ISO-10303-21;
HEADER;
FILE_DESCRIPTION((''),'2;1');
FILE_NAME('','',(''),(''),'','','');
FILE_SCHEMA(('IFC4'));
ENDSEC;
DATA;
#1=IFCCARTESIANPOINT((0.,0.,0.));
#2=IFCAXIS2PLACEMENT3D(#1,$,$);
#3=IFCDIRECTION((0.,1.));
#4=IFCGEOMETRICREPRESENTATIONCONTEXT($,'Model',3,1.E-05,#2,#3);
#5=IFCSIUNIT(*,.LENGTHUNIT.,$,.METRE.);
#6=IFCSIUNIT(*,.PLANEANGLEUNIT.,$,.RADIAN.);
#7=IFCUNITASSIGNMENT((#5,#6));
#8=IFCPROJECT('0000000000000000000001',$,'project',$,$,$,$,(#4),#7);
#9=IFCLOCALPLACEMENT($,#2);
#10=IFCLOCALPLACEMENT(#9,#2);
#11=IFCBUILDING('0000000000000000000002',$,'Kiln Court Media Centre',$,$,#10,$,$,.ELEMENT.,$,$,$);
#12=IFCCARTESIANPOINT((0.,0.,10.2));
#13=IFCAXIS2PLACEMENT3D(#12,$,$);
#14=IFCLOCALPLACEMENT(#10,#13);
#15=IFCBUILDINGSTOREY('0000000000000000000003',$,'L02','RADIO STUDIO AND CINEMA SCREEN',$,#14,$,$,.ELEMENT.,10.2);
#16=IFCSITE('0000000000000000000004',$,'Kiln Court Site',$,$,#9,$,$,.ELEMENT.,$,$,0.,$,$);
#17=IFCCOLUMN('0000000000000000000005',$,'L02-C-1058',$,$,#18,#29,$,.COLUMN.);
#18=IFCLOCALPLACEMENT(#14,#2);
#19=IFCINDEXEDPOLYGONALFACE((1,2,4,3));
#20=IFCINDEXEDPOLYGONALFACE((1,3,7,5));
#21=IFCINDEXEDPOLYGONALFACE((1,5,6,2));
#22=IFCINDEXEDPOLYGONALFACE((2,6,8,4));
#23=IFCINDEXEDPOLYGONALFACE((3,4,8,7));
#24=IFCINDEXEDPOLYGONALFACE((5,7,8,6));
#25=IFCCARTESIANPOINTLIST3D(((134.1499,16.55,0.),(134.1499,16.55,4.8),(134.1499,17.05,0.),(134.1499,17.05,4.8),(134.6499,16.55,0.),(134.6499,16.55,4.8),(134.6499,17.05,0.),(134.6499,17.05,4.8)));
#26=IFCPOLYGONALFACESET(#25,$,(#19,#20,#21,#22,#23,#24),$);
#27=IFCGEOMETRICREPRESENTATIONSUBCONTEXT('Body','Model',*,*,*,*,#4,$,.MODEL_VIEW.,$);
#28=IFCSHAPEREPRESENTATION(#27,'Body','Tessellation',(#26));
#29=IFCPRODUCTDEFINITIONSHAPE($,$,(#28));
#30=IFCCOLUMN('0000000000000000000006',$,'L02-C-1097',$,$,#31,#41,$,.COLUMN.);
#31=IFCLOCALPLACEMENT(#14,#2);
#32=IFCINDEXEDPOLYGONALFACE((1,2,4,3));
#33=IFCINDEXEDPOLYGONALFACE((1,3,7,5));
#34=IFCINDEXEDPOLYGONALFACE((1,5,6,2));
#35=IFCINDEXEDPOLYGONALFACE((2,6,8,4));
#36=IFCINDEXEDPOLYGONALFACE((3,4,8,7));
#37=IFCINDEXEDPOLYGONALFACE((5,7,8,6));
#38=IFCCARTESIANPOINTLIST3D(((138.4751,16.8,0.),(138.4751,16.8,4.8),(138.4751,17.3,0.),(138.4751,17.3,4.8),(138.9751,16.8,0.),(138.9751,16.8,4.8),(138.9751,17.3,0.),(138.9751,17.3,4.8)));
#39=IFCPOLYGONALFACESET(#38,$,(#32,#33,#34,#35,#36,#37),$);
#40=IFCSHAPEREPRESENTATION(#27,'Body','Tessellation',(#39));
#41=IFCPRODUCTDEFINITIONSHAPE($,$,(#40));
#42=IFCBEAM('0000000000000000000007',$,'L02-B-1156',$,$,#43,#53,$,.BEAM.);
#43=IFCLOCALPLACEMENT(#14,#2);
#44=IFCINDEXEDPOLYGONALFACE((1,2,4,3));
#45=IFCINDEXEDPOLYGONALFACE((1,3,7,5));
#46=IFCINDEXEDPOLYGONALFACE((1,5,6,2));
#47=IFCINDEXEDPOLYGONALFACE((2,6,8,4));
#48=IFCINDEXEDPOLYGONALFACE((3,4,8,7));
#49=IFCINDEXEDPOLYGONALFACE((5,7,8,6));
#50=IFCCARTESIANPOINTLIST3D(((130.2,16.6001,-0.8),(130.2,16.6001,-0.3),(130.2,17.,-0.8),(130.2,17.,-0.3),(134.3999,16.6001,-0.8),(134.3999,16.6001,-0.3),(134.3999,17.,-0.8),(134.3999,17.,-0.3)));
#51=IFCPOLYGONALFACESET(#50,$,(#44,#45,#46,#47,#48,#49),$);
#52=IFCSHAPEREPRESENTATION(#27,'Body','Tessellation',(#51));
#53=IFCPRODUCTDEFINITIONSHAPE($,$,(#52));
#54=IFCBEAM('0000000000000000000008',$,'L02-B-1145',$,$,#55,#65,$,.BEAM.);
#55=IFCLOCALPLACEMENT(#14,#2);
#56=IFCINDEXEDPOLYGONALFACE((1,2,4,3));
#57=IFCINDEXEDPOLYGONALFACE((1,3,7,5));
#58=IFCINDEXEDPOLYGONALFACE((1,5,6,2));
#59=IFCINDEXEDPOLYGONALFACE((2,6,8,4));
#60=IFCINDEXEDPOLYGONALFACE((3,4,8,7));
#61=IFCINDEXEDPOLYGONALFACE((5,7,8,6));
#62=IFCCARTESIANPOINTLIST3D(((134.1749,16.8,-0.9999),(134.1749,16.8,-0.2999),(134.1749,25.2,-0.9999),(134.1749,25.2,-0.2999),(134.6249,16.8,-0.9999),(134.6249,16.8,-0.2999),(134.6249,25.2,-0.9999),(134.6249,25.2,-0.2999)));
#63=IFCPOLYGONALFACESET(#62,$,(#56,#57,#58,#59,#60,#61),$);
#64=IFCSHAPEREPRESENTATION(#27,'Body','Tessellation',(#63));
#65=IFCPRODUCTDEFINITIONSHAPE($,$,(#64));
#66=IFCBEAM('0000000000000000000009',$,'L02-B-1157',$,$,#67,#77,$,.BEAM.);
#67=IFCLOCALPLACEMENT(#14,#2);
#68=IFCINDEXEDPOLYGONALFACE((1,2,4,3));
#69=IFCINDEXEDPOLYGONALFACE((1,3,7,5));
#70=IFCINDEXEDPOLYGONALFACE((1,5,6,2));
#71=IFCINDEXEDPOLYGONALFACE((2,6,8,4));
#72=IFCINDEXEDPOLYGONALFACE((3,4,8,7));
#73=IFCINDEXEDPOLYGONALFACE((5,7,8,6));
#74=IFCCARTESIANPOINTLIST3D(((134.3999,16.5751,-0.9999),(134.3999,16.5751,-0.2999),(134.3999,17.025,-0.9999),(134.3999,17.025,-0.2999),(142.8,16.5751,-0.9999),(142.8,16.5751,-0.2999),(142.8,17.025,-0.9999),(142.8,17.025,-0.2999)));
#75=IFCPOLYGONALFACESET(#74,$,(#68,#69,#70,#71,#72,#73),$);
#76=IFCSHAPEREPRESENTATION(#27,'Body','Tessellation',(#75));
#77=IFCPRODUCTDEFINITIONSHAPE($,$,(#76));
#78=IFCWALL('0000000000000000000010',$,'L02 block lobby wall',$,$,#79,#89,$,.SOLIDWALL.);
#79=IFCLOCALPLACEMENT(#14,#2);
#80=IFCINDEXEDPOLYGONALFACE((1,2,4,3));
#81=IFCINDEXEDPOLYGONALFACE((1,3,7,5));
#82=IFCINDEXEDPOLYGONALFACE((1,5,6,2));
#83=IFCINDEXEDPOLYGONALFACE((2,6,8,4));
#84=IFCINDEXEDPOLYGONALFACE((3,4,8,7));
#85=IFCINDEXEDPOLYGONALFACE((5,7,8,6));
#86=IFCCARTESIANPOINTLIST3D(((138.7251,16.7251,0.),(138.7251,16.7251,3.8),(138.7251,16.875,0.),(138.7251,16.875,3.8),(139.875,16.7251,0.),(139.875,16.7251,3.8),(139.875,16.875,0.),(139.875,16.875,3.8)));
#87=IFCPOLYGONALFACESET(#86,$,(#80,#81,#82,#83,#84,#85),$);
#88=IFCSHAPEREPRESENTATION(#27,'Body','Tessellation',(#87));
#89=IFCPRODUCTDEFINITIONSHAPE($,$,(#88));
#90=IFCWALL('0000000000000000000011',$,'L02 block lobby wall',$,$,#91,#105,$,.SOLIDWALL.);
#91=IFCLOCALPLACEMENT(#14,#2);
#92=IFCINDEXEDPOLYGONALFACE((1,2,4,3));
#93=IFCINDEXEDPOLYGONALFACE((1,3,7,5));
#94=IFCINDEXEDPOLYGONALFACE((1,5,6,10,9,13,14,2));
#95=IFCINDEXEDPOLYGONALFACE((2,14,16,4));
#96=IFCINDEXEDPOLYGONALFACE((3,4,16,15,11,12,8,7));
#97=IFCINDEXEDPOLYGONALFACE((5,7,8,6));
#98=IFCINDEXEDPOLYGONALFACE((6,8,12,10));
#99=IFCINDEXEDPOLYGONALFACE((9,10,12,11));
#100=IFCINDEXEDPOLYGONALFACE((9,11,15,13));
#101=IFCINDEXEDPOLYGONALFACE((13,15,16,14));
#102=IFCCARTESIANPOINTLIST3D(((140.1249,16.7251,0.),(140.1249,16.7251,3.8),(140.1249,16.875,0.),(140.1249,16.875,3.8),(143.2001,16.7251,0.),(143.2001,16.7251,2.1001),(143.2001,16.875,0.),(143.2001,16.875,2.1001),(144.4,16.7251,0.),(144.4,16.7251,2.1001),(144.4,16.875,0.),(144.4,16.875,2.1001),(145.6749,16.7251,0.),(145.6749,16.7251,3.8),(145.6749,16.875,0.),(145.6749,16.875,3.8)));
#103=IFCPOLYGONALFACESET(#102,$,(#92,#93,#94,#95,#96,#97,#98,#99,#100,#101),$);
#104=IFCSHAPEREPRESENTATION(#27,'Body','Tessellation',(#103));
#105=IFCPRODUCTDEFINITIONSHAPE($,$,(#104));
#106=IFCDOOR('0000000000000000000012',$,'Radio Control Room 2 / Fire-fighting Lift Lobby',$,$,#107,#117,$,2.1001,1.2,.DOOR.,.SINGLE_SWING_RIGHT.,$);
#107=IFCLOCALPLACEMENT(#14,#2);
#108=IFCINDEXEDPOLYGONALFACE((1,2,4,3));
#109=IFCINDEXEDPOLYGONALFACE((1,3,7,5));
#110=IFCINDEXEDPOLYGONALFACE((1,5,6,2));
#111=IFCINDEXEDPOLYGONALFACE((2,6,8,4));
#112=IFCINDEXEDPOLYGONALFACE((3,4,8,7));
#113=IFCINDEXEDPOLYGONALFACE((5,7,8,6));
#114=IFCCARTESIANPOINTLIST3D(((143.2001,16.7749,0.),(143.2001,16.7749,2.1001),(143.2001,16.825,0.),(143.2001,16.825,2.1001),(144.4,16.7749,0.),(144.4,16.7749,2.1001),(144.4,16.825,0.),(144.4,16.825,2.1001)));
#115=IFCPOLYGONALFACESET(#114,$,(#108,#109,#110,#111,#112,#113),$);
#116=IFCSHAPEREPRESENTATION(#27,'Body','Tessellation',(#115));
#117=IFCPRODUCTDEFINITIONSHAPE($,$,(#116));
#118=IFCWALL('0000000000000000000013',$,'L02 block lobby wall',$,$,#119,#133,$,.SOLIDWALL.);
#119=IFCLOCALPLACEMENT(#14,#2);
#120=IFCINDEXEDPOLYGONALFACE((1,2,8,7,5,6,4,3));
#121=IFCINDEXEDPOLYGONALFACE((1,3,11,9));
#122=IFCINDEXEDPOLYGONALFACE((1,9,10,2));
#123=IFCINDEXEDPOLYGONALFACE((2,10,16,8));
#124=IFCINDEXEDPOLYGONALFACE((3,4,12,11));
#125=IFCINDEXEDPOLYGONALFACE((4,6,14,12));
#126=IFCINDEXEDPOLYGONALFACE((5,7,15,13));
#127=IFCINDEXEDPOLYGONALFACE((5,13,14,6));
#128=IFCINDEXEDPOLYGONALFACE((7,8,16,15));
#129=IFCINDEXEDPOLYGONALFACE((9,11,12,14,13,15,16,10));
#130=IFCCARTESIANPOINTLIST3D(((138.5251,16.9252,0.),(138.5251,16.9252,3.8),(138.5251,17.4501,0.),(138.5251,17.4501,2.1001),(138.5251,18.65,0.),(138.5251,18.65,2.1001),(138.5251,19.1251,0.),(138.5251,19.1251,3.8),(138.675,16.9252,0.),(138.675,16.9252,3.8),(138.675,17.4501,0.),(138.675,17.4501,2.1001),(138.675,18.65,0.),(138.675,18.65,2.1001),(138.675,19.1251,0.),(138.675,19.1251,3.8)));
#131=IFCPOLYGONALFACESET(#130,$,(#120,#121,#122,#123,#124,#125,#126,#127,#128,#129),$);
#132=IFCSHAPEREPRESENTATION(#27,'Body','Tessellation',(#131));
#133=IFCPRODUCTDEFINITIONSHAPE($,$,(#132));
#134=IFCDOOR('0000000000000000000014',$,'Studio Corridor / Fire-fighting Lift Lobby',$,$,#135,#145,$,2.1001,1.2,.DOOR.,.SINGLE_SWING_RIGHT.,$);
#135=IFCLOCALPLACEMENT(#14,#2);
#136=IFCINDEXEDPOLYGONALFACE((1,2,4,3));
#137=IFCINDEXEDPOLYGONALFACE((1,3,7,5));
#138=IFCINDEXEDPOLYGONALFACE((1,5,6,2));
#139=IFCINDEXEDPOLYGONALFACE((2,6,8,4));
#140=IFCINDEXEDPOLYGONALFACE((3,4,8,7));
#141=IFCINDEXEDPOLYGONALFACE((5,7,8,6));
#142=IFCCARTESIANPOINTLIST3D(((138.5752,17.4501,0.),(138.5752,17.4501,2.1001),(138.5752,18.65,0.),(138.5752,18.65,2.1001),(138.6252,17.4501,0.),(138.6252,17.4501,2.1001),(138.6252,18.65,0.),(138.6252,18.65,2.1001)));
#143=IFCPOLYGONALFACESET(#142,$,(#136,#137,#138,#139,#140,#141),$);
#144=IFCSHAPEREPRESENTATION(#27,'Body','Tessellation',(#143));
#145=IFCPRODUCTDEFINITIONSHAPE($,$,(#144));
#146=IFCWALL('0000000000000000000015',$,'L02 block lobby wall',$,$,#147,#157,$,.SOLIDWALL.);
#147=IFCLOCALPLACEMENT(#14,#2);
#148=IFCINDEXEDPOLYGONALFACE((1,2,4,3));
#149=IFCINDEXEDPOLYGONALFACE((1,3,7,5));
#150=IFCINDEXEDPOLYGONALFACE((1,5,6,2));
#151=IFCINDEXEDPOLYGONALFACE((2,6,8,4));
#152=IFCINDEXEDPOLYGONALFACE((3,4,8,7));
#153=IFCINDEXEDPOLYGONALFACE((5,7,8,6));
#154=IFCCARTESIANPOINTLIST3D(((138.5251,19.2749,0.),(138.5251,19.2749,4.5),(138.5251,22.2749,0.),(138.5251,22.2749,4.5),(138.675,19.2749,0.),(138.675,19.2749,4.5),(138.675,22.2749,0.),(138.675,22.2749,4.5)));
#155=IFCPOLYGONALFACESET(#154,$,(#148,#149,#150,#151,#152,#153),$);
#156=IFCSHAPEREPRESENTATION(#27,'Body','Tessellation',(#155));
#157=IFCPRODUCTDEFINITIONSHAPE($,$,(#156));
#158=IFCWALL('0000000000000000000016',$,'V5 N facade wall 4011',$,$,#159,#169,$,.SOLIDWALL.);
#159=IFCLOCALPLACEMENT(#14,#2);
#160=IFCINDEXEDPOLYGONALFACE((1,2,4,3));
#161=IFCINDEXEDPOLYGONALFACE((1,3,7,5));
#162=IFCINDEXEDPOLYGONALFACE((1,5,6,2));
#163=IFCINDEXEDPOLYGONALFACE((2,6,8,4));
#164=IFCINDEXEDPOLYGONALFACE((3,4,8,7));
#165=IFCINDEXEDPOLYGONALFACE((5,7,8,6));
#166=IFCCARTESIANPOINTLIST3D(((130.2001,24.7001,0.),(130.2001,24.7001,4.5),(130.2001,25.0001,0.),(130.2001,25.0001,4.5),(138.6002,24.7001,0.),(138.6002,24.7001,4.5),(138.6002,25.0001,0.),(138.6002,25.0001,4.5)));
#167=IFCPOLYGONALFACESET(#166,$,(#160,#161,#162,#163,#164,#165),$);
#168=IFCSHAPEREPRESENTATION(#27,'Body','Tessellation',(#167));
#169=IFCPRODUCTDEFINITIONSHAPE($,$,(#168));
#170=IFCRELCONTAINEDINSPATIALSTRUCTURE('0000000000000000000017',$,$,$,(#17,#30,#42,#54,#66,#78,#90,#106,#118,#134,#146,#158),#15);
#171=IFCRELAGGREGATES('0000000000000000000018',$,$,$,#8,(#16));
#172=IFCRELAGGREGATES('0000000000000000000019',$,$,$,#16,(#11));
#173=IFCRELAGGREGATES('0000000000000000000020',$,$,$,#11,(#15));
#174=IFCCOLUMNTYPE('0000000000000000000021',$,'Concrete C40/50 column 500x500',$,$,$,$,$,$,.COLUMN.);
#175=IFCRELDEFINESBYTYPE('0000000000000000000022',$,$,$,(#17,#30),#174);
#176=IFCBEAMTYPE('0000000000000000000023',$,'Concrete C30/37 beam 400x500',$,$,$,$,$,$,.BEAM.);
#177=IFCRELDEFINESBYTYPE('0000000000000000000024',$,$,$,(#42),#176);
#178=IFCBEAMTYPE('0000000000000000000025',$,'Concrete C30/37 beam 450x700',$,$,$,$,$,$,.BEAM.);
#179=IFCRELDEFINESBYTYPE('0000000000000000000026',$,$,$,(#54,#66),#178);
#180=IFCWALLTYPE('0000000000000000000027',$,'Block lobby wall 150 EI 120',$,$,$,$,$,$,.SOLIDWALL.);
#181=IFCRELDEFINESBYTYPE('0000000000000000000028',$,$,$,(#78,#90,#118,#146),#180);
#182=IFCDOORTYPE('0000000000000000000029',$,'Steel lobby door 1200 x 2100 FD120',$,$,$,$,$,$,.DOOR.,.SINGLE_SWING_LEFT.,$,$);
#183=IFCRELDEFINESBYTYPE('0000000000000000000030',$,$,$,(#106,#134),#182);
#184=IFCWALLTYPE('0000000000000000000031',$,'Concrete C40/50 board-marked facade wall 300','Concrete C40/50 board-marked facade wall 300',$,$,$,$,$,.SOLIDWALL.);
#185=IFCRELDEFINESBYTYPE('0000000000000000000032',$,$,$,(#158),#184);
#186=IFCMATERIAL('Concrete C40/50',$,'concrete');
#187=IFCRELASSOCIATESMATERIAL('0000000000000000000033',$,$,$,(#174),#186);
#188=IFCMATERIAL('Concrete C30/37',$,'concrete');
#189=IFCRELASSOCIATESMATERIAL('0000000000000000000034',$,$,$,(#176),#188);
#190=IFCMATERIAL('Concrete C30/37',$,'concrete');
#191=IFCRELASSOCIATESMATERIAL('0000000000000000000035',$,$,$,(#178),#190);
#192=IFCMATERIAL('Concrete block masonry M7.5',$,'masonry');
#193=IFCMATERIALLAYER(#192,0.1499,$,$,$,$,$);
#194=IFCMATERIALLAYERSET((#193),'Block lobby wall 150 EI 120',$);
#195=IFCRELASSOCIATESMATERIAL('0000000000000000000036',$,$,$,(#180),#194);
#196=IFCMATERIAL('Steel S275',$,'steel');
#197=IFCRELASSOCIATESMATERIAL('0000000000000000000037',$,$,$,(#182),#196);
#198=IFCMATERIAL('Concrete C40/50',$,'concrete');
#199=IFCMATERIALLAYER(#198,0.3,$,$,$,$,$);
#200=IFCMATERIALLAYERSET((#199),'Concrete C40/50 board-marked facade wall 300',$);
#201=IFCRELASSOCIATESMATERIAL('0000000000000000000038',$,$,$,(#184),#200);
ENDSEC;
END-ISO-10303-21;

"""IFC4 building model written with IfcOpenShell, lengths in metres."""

from ifc_helpers import new_model, si_unit, direction, frame, frame_2d, origin, origin_2d, place, context, subcontext, project, spatial, rectangle, extrude, material, layer, layer_set, material_profile, profile_set, type_object, element, fill, save


model = new_model("IFC4")

# Units and contexts
model_context = context("Model", 3, precision=1e-05, world=origin(), true_north=direction((0.0, 1.0)))
body_context = subcontext(model_context, "Body", "Model", "MODEL_VIEW")
ifc_project = project(units=[si_unit("LENGTHUNIT", "METRE"), si_unit("PLANEANGLEUNIT", "RADIAN")], contexts=[model_context])

# Site, building, storey
site_placement = place(None, origin())
site = spatial("IfcSite", under=ifc_project, at=site_placement, Name="Kiln Court Site", CompositionType="ELEMENT", RefElevation=0.0)
building_placement = place(site_placement, origin())
building = spatial("IfcBuilding", under=site, at=building_placement, Name="Kiln Court Media Centre", CompositionType="ELEMENT")
storey_placement = place(building_placement, frame((0.0, 0.0, 10.2)))
storey = spatial("IfcBuildingStorey", under=building, at=storey_placement, Name="L02", Description="RADIO STUDIO AND CINEMA SCREEN", CompositionType="ELEMENT", Elevation=10.2)

# Columns
ifc_material_1 = material(Name="Concrete C40/50", Category="concrete")
ifc_material_profile_1 = material_profile(ifc_material_1, rectangle(XDim=0.5, YDim=0.5, at=origin_2d()), Name="RC 500x500")
ifc_profile_set_1 = profile_set([ifc_material_profile_1], Name="Concrete C40/50")
column_type = type_object("IfcColumnType", Name="Concrete C40/50 column 500x500", PredefinedType="COLUMN", material=ifc_profile_set_1)
for number, where, z_axis, x_axis, name in (
    (1, (134.3999, 16.8, 0.0), (0.0, 0.0, 1.0), (1.0, 0.0, 0.0), "L02-C-1058"),
    (2, (138.7251, 17.05, 0.0), (0.0, 0.0, 1.0), (1.0, 0.0, 0.0), "L02-C-1097"),
):
    element("IfcColumn", number, at=place(storey_placement, frame(where, z_axis=z_axis, x_axis=x_axis)), inside=storey, type_object=column_type, Name=name, PredefinedType="COLUMN", context=body_context, shape_type="SweptSolid", body=[
        extrude(rectangle(XDim=0.5, YDim=0.5, at=origin_2d()), origin(), (0.0, 0.0, 1.0), 4.8),
    ])

# Beams
ifc_material_2 = material(Name="Concrete C30/37", Category="concrete")
ifc_material_profile_2 = material_profile(ifc_material_2, rectangle(XDim=0.3999, YDim=0.5, at=origin_2d()), Name="RC 400x500")
ifc_profile_set_2 = profile_set([ifc_material_profile_2], Name="Concrete C30/37")
beam_type_1 = type_object("IfcBeamType", Name="Concrete C30/37 beam 400x500", PredefinedType="BEAM", material=ifc_profile_set_2)
beam_1_placement = place(storey_placement, frame((130.2, 16.8, -0.55), z_axis=(1.0, 0.0, 0.0), x_axis=(0.0, 1.0, 0.0)))
element("IfcBeam", 3, at=beam_1_placement, inside=storey, type_object=beam_type_1, Name="L02-B-1156", PredefinedType="BEAM", context=body_context, shape_type="SweptSolid", body=[
    extrude(rectangle(XDim=0.3999, YDim=0.5, at=origin_2d()), origin(), (0.0, 0.0, 1.0), 4.2),
])
ifc_material_3 = material(Name="Concrete C30/37", Category="concrete")
ifc_material_profile_3 = material_profile(ifc_material_3, rectangle(XDim=0.45, YDim=0.7, at=origin_2d()), Name="RC 450x700")
ifc_profile_set_3 = profile_set([ifc_material_profile_3], Name="Concrete C30/37")
beam_type_2 = type_object("IfcBeamType", Name="Concrete C30/37 beam 450x700", PredefinedType="BEAM", material=ifc_profile_set_3)
beam_2_placement = place(storey_placement, frame((134.3999, 16.8, -0.6499), z_axis=(0.0, 1.0, 0.0), x_axis=(-1.0, 0.0, 0.0)))
element("IfcBeam", 4, at=beam_2_placement, inside=storey, type_object=beam_type_2, Name="L02-B-1145", PredefinedType="BEAM", context=body_context, shape_type="SweptSolid", body=[
    extrude(rectangle(XDim=0.45, YDim=0.7, at=origin_2d()), origin(), (0.0, 0.0, 1.0), 8.3999),
])
beam_3_placement = place(storey_placement, frame((134.3999, 16.8, -0.6499), z_axis=(1.0, 0.0, 0.0), x_axis=(0.0, 1.0, 0.0)))
element("IfcBeam", 5, at=beam_3_placement, inside=storey, type_object=beam_type_2, Name="L02-B-1157", PredefinedType="BEAM", context=body_context, shape_type="SweptSolid", body=[
    extrude(rectangle(XDim=0.45, YDim=0.7, at=origin_2d()), origin(), (0.0, 0.0, 1.0), 8.4001),
])

# Wall
ifc_material_4 = material(Name="Concrete block masonry M7.5", Category="masonry")
ifc_layer_1 = layer(ifc_material_4, 0.1499)
ifc_layer_set_1 = layer_set([ifc_layer_1], Name="Block lobby wall 150 EI 120")
wall_type_1 = type_object("IfcWallType", Name="Block lobby wall 150 EI 120", PredefinedType="SOLIDWALL", material=ifc_layer_set_1)
wall_1_placement = place(storey_placement, frame((138.7251, 16.8, 0.0), z_axis=(0.0, 0.0, 1.0), x_axis=(1.0, 0.0, 0.0)))
element("IfcWall", 6, at=wall_1_placement, inside=storey, type_object=wall_type_1, Name="L02 block lobby wall", PredefinedType="SOLIDWALL", context=body_context, shape_type="SweptSolid", body=[
    extrude(rectangle(XDim=1.1499, YDim=0.1499, at=frame_2d((0.575, 0.0))), origin(), (0.0, 0.0, 1.0), 3.8),
])

# Walls, openings, doors
wall_2_placement = place(storey_placement, frame((140.125, 16.8, 0.0), z_axis=(0.0, 0.0, 1.0), x_axis=(1.0, 0.0, 0.0)))
wall_2 = element("IfcWall", 7, at=wall_2_placement, inside=storey, type_object=wall_type_1, Name="L02 block lobby wall", PredefinedType="SOLIDWALL", context=body_context, shape_type="SweptSolid", body=[
    extrude(rectangle(XDim=5.55, YDim=0.1499, at=frame_2d((2.7749, 0.0))), origin(), (0.0, 0.0, 1.0), 3.8),
])
opening_1_placement = place(wall_2_placement, frame((3.075, 0.0, 0.0)))
opening_1 = element("IfcOpeningElement", 8, at=opening_1_placement, cuts=wall_2, PredefinedType="OPENING", context=body_context, shape_type="SweptSolid", body=[
    extrude(rectangle(XDim=1.2, YDim=2.1001, at=frame_2d((0.6001, 1.05))), frame((0.0, 0.085, 0.0), z_axis=(0.0, -1.0, 0.0), x_axis=(1.0, 0.0, 0.0)), (0.0, 0.0, 1.0), 0.1699),
])
ifc_material_5 = material(Name="Steel S275", Category="steel")
door_type_1 = type_object("IfcDoorType", Name="Steel lobby door 1200 x 2100 FD120", OperationType="SINGLE_SWING_LEFT", PredefinedType="DOOR", material=ifc_material_5)
door_1_placement = place(opening_1_placement, origin())
door_1 = element("IfcDoor", 9, at=door_1_placement, inside=storey, type_object=door_type_1, Name="Radio Control Room 2 / Fire-fighting Lift Lobby", OperationType="SINGLE_SWING_RIGHT", OverallHeight=2.1001, OverallWidth=1.2, PredefinedType="DOOR", context=body_context, shape_type="SweptSolid", body=[
    extrude(rectangle(XDim=1.2, YDim=2.1001, at=frame_2d((0.6001, 1.05))), frame((0.0, 0.0249, 0.0), z_axis=(0.0, -1.0, 0.0), x_axis=(1.0, 0.0, 0.0)), (0.0, 0.0, 1.0), 0.05),
])
fill(opening_1, door_1)
wall_3_placement = place(storey_placement, frame((138.6001, 16.925, 0.0), z_axis=(0.0, 0.0, 1.0), x_axis=(0.0, 1.0, 0.0)))
wall_3 = element("IfcWall", 10, at=wall_3_placement, inside=storey, type_object=wall_type_1, Name="L02 block lobby wall", PredefinedType="SOLIDWALL", context=body_context, shape_type="SweptSolid", body=[
    extrude(rectangle(XDim=2.2, YDim=0.1499, at=frame_2d((1.1001, 0.0))), origin(), (0.0, 0.0, 1.0), 3.8),
])
opening_2_placement = place(wall_3_placement, frame((0.5249, 0.0, 0.0)))
opening_2 = element("IfcOpeningElement", 11, at=opening_2_placement, cuts=wall_3, PredefinedType="OPENING", context=body_context, shape_type="SweptSolid", body=[
    extrude(rectangle(XDim=1.2, YDim=2.1001, at=frame_2d((0.6001, 1.05))), frame((0.0, 0.085, 0.0), z_axis=(0.0, -1.0, 0.0), x_axis=(1.0, 0.0, 0.0)), (0.0, 0.0, 1.0), 0.1699),
])
door_2_placement = place(opening_2_placement, origin())
door_2 = element("IfcDoor", 12, at=door_2_placement, inside=storey, type_object=door_type_1, Name="Studio Corridor / Fire-fighting Lift Lobby", OperationType="SINGLE_SWING_RIGHT", OverallHeight=2.1001, OverallWidth=1.2, PredefinedType="DOOR", context=body_context, shape_type="SweptSolid", body=[
    extrude(rectangle(XDim=1.2, YDim=2.1001, at=frame_2d((0.6001, 1.05))), frame((0.0, 0.0249, 0.0), z_axis=(0.0, -1.0, 0.0), x_axis=(1.0, 0.0, 0.0)), (0.0, 0.0, 1.0), 0.05),
])
fill(opening_2, door_2)

# Walls
wall_4_placement = place(storey_placement, frame((138.6001, 19.2749, 0.0), z_axis=(0.0, 0.0, 1.0), x_axis=(0.0, 1.0, 0.0)))
element("IfcWall", 13, at=wall_4_placement, inside=storey, type_object=wall_type_1, Name="L02 block lobby wall", PredefinedType="SOLIDWALL", context=body_context, shape_type="SweptSolid", body=[
    extrude(rectangle(XDim=3.0, YDim=0.1499, at=frame_2d((1.5, 0.0))), origin(), (0.0, 0.0, 1.0), 4.5),
])
ifc_material_6 = material(Name="Concrete C40/50", Category="concrete")
ifc_layer_2 = layer(ifc_material_6, 0.3)
ifc_layer_set_2 = layer_set([ifc_layer_2], Name="Concrete C40/50 board-marked facade wall 300")
wall_type_2 = type_object("IfcWallType", Name="Concrete C40/50 board-marked facade wall 300", Description="Concrete C40/50 board-marked facade wall 300", PredefinedType="SOLIDWALL", material=ifc_layer_set_2)
wall_5_placement = place(storey_placement, frame((130.2, 24.8501, 0.0), z_axis=(0.0, 0.0, 1.0), x_axis=(1.0, 0.0, 0.0)))
element("IfcWall", 14, at=wall_5_placement, inside=storey, type_object=wall_type_2, Name="V5 N facade wall 4011", PredefinedType="SOLIDWALL", context=body_context, shape_type="SweptSolid", body=[
    extrude(rectangle(XDim=8.4001, YDim=0.3, at=frame_2d((4.2002, 0.0))), origin(), (0.0, 0.0, 1.0), 4.5),
])

save(model, "model.ifc")
